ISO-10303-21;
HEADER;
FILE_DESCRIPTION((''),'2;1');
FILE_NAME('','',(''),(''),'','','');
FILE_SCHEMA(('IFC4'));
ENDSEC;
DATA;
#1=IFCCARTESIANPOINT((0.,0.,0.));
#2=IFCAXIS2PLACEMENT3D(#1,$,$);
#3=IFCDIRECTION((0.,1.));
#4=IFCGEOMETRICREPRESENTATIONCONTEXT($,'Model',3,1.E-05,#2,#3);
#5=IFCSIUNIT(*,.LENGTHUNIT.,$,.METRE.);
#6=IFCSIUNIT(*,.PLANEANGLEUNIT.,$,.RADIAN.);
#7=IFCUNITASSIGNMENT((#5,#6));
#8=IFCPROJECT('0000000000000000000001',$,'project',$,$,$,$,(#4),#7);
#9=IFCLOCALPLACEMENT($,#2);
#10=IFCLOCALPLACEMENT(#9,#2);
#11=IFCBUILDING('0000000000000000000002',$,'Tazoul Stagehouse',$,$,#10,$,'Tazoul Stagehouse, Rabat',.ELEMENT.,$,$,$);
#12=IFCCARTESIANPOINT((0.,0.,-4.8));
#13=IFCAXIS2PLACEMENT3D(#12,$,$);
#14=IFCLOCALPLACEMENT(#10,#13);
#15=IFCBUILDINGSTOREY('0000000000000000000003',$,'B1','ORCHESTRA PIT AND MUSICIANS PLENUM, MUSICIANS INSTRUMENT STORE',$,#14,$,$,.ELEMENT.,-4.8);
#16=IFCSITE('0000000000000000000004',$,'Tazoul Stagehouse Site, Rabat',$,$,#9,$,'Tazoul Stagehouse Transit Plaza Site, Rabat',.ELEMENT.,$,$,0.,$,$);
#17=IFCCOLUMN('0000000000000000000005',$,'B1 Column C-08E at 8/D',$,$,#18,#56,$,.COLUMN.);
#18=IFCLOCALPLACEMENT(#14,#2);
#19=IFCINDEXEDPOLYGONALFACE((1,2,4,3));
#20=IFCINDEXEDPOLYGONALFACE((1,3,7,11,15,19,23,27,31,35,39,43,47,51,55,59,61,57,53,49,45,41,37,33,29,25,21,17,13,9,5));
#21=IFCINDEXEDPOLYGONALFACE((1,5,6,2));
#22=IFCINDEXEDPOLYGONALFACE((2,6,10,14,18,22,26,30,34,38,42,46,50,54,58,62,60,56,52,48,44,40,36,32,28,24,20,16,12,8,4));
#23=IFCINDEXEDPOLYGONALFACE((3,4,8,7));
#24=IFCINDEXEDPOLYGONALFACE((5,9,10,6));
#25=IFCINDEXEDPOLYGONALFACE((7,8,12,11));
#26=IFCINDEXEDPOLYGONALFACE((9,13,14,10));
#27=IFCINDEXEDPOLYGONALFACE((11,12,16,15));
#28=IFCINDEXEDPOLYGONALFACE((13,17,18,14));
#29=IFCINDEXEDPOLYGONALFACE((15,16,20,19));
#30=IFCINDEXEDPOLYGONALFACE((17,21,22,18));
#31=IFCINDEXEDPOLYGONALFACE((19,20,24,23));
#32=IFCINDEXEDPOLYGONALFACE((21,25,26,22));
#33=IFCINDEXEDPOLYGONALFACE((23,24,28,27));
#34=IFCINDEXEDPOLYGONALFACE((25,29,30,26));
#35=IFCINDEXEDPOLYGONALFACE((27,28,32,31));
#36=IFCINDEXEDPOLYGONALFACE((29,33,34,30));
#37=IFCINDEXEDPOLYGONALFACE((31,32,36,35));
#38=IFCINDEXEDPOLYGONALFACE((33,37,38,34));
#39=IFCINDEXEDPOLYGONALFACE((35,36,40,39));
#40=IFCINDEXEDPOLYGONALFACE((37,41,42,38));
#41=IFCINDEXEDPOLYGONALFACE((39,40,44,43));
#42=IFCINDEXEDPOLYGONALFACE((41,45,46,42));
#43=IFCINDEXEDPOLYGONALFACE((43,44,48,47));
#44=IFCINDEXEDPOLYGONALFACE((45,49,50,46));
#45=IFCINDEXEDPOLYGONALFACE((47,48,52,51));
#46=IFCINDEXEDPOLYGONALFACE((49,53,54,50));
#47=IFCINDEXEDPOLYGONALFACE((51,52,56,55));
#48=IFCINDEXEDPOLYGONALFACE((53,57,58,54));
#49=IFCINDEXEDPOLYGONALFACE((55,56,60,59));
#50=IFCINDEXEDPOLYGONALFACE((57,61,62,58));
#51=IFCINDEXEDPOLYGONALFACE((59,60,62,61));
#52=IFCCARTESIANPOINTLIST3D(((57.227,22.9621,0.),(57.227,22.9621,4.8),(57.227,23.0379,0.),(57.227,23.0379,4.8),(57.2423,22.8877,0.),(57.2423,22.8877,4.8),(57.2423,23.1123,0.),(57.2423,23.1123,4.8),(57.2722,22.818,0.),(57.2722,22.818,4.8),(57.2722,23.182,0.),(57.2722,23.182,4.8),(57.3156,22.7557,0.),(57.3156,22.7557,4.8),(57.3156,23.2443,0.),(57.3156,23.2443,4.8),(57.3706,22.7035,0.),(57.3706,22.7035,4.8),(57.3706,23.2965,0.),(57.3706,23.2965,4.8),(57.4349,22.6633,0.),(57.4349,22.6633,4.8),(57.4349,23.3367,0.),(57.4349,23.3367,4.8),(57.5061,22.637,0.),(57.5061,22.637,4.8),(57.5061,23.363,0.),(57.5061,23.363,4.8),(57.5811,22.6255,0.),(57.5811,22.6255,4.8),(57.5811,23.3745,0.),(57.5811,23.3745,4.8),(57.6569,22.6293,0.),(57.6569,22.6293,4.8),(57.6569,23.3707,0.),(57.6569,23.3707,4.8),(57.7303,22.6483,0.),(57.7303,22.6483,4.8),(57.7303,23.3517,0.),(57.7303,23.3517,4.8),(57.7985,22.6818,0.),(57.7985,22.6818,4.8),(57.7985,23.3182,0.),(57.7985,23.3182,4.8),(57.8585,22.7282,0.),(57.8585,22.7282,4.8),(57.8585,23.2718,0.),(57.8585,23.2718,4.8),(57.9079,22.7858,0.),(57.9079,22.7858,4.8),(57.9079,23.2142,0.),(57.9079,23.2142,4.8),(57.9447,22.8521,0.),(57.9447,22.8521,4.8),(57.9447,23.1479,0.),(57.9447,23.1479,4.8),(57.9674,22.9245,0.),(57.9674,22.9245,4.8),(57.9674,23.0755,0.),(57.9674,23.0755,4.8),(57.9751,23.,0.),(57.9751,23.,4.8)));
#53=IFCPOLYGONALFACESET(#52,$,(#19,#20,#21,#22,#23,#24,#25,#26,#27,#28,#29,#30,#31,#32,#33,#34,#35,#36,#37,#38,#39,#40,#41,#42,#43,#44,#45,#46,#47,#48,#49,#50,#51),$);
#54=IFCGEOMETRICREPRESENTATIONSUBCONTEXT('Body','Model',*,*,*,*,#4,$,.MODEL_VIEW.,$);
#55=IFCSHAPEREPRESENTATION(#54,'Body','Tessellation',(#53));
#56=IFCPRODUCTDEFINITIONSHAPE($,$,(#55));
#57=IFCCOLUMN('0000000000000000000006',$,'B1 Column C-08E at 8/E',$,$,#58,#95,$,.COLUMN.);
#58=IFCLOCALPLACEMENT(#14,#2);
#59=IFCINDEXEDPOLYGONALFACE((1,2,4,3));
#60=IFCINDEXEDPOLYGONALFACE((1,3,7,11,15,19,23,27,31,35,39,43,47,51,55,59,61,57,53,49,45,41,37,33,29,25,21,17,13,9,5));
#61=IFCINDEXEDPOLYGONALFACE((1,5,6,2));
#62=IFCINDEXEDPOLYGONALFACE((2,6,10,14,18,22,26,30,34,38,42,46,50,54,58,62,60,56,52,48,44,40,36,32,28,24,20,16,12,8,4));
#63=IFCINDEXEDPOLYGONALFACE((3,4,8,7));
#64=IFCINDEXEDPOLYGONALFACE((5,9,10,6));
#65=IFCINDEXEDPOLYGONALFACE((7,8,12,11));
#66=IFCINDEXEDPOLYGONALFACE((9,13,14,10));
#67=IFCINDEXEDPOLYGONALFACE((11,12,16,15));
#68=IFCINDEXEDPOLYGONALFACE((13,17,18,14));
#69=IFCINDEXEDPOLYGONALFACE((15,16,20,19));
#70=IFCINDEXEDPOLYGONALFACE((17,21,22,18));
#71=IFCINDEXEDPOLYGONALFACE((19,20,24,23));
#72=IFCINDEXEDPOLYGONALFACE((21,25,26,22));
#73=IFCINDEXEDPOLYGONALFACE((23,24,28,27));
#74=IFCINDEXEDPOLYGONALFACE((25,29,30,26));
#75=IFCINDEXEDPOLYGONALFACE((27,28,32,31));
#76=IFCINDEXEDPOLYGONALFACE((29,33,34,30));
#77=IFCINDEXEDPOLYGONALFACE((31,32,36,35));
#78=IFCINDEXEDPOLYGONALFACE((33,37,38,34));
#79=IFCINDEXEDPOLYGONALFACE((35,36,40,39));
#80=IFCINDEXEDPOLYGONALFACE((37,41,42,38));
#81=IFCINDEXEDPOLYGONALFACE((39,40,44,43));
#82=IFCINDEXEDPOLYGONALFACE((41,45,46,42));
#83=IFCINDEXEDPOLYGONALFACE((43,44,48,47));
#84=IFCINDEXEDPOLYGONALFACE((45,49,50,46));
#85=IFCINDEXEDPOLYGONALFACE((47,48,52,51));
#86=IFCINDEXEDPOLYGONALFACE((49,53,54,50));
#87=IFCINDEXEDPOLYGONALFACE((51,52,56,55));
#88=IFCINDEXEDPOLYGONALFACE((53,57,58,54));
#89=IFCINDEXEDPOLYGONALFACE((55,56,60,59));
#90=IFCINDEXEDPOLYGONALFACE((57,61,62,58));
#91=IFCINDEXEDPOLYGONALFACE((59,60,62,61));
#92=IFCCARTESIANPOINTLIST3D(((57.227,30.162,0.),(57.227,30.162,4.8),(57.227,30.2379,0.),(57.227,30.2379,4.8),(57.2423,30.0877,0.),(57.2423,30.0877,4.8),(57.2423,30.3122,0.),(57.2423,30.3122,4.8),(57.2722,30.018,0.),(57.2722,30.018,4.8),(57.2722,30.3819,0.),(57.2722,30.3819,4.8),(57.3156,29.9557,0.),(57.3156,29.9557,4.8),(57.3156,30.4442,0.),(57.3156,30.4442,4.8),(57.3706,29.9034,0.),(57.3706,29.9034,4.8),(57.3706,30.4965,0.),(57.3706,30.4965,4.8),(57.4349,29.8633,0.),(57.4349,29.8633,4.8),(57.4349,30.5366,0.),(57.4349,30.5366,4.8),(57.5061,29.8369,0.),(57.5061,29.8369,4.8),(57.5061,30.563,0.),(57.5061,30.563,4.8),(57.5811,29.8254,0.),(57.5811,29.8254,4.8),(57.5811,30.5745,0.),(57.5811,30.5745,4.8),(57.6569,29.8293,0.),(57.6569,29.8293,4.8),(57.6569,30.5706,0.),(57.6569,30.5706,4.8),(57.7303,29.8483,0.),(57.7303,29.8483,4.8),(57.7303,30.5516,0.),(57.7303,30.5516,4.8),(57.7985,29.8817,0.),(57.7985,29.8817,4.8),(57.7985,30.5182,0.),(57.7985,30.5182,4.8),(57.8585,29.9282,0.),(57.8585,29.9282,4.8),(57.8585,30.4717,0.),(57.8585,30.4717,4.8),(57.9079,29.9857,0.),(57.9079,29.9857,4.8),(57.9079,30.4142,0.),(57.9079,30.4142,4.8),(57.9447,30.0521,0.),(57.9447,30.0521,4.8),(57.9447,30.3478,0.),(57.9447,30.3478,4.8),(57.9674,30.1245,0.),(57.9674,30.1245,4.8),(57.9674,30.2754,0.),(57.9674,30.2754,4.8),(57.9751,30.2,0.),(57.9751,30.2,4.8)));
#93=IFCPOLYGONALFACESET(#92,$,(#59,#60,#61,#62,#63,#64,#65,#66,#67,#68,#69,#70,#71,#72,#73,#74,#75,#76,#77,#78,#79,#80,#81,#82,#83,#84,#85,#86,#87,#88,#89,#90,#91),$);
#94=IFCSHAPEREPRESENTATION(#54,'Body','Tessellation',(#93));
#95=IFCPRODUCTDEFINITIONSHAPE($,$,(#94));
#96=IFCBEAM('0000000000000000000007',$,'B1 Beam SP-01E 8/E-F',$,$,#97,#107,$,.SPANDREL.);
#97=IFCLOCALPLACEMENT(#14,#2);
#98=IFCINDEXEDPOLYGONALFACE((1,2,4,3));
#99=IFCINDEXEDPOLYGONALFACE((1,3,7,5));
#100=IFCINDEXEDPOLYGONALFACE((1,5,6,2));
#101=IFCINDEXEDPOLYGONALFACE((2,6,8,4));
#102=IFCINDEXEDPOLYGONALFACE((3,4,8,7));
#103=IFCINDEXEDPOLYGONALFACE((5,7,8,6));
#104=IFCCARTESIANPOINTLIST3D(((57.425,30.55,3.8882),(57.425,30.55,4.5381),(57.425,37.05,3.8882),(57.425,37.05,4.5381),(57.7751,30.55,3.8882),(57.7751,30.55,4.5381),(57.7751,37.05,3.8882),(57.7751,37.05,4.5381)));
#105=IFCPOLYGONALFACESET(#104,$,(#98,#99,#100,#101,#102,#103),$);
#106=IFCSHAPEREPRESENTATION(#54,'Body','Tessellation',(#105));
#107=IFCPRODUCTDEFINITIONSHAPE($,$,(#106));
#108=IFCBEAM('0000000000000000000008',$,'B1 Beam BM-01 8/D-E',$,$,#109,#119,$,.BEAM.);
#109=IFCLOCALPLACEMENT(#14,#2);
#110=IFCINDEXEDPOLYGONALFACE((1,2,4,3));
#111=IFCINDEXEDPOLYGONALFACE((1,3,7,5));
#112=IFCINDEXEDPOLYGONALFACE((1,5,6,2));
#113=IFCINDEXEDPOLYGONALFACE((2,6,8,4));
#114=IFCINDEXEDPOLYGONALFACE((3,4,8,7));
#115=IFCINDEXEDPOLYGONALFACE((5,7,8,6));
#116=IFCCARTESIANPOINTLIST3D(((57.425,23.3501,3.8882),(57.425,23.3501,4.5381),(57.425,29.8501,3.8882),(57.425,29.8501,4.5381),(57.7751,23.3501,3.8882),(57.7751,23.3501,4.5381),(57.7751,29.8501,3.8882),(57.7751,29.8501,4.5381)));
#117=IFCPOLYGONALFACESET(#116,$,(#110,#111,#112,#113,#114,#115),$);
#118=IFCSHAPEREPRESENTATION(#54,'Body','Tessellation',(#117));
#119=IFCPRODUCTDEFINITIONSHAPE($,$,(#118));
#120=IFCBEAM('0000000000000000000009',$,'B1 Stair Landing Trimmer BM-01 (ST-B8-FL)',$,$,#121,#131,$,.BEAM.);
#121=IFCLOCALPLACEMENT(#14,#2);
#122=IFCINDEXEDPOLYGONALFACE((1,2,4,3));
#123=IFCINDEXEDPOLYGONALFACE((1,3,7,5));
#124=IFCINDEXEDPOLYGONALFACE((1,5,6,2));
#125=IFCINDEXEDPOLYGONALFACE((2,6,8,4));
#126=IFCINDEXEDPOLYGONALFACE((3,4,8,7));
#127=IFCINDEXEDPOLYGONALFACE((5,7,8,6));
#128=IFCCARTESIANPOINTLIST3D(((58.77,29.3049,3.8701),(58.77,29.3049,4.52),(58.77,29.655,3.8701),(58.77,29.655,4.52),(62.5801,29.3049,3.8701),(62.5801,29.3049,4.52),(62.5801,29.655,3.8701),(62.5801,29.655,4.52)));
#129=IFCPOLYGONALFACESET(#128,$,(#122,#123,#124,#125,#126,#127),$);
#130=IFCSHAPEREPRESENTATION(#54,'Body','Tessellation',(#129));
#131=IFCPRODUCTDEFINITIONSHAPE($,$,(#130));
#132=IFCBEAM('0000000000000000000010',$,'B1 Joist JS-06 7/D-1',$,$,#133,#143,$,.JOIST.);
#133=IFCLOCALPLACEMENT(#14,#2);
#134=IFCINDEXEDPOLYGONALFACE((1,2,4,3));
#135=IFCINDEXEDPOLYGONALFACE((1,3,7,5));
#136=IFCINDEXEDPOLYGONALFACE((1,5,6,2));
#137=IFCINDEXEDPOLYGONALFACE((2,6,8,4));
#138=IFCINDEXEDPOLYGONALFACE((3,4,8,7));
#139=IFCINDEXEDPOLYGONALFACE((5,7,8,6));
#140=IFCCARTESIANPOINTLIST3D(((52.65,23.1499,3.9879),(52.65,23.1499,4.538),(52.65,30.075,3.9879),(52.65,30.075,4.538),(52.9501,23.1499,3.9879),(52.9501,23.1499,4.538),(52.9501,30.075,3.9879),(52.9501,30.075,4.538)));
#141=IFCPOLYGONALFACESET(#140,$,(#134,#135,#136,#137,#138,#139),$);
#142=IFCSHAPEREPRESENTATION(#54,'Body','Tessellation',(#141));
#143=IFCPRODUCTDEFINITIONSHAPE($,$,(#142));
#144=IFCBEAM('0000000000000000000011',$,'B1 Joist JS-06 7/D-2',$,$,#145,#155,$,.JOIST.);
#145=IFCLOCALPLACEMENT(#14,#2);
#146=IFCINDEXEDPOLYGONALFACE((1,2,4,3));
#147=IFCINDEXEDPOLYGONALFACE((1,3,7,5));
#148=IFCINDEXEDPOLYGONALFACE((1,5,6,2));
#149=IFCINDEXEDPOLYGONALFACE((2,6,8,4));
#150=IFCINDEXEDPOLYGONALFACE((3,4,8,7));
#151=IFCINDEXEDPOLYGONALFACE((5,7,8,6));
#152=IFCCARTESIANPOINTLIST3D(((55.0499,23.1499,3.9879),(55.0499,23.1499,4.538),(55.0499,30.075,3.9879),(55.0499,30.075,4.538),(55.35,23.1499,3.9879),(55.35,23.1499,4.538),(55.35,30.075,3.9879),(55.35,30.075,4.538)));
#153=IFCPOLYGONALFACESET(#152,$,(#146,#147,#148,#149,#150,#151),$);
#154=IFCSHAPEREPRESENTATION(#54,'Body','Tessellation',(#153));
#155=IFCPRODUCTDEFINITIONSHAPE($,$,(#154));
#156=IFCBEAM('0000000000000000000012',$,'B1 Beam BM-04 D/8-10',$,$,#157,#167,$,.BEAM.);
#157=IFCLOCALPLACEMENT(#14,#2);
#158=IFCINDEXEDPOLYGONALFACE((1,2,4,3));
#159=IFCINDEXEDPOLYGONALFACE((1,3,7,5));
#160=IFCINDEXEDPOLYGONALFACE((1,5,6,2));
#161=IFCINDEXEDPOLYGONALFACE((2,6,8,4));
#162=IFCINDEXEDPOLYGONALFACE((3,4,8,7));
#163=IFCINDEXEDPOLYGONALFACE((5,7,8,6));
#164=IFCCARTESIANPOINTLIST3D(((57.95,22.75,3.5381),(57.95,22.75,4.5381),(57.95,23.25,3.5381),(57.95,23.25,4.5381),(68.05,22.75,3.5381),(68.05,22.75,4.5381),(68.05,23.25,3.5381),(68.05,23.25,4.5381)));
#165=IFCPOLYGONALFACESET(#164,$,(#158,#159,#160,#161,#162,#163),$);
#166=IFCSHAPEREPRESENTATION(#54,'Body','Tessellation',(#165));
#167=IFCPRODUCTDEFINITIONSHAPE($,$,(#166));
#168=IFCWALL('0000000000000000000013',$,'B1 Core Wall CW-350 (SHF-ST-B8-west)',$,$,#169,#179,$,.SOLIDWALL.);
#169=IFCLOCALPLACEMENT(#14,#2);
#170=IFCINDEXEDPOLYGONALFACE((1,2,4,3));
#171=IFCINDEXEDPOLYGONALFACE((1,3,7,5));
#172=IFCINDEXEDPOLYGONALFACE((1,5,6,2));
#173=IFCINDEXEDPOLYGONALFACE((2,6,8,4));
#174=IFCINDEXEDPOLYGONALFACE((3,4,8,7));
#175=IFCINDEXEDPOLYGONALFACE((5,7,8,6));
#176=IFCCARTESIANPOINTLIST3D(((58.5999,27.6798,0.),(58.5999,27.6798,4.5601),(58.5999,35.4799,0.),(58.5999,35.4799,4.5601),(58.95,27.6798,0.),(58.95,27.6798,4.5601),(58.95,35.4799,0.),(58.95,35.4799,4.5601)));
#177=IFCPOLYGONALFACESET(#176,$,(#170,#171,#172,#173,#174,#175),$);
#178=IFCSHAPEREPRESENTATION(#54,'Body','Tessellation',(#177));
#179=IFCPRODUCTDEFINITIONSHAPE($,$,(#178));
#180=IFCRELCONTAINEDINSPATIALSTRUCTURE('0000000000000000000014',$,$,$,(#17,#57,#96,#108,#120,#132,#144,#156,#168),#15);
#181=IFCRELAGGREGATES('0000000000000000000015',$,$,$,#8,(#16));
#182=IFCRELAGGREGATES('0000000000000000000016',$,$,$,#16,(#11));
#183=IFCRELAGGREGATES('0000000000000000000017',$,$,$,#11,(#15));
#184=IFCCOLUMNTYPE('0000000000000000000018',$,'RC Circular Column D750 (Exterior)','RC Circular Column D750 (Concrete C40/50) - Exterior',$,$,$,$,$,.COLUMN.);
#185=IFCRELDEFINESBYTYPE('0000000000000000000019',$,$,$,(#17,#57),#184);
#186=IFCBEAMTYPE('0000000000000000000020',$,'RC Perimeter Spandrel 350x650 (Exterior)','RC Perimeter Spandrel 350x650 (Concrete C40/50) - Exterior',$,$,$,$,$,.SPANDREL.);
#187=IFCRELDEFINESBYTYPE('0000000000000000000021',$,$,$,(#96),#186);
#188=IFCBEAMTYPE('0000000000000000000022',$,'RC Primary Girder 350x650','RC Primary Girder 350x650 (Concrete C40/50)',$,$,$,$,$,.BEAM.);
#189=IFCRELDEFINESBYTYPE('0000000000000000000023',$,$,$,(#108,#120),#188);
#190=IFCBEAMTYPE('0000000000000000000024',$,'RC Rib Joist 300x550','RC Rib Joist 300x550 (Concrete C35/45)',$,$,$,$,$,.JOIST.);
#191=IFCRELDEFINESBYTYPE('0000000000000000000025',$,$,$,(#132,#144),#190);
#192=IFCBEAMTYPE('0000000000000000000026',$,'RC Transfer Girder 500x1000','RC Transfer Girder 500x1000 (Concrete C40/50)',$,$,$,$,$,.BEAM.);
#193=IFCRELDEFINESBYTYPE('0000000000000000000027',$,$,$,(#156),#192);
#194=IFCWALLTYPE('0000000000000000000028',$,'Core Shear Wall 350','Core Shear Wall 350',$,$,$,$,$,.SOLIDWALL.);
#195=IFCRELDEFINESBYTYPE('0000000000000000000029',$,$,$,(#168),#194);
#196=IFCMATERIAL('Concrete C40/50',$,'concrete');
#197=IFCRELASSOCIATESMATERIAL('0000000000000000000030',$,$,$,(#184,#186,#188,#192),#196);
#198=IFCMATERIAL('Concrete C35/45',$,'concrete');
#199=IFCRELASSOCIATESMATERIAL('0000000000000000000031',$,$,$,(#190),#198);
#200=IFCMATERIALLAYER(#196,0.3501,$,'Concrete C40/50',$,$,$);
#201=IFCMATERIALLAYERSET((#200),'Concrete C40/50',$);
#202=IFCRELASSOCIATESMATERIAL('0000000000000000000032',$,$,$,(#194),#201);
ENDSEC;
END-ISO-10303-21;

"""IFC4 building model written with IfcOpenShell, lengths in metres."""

from ifc_helpers import new_model, si_unit, direction, frame, frame_2d, origin, origin_2d, place, context, subcontext, project, spatial, rectangle, circle, extrude, material, layer, layer_set, material_profile, profile_set, type_object, element, save


model = new_model("IFC4")

# Units and contexts
model_context = context("Model", 3, precision=1e-05, world=origin(), true_north=direction((0.0, 1.0)))
body_context = subcontext(model_context, "Body", "Model", "MODEL_VIEW")
ifc_project = project(units=[si_unit("LENGTHUNIT", "METRE"), si_unit("PLANEANGLEUNIT", "RADIAN")], contexts=[model_context])

# Site, building, storey
site_placement = place(None, origin())
site = spatial("IfcSite", under=ifc_project, at=site_placement, Name="Tazoul Stagehouse Site, Rabat", LongName="Tazoul Stagehouse Transit Plaza Site, Rabat", CompositionType="ELEMENT", RefElevation=0.0)
building_placement = place(site_placement, origin())
building = spatial("IfcBuilding", under=site, at=building_placement, Name="Tazoul Stagehouse", LongName="Tazoul Stagehouse, Rabat", CompositionType="ELEMENT")
storey_placement = place(building_placement, frame((0.0, 0.0, -4.8)))
storey = spatial("IfcBuildingStorey", under=building, at=storey_placement, Name="B1", Description="ORCHESTRA PIT AND MUSICIANS PLENUM, MUSICIANS INSTRUMENT STORE", CompositionType="ELEMENT", Elevation=-4.8)

# Shared definitions
ifc_material_1 = material(Name="Concrete C35/45", Category="concrete")

# Columns
ifc_material_2 = material(Name="Concrete C40/50", Category="concrete")
ifc_material_profile_1 = material_profile(ifc_material_2, circle(Radius=0.375, at=origin_2d()), Name="RC D750")
ifc_profile_set_1 = profile_set([ifc_material_profile_1], Name="Concrete C40/50")
column_type = type_object("IfcColumnType", Name="RC Circular Column D750 (Exterior)", Description="RC Circular Column D750 (Concrete C40/50) - Exterior", PredefinedType="COLUMN", material=ifc_profile_set_1)
for number, where, z_axis, x_axis, name in (
    (1, (57.6001, 23.0, 0.0), (0.0, 0.0, 1.0), (1.0, 0.0, 0.0), "B1 Column C-08E at 8/D"),
    (2, (57.6001, 30.2, 0.0), (0.0, 0.0, 1.0), (1.0, 0.0, 0.0), "B1 Column C-08E at 8/E"),
):
    element("IfcColumn", number, at=place(storey_placement, frame(where, z_axis=z_axis, x_axis=x_axis)), inside=storey, type_object=column_type, Name=name, PredefinedType="COLUMN", context=body_context, shape_type="SweptSolid", body=[
        extrude(circle(Radius=0.375, at=origin_2d()), origin(), (0.0, 0.0, 1.0), 4.8),
    ])

# Beams
ifc_material_profile_2 = material_profile(ifc_material_2, rectangle(XDim=0.3501, YDim=0.6499, at=origin_2d()), Name="RC 350x650")
ifc_profile_set_2 = profile_set([ifc_material_profile_2], Name="Concrete C40/50")
beam_type_1 = type_object("IfcBeamType", Name="RC Perimeter Spandrel 350x650 (Exterior)", Description="RC Perimeter Spandrel 350x650 (Concrete C40/50) - Exterior", PredefinedType="SPANDREL", material=ifc_profile_set_2)
beam_1_placement = place(storey_placement, frame((57.6001, 30.55, 4.2131), z_axis=(0.0, 1.0, 0.0), x_axis=(-1.0, 0.0, 0.0)))
element("IfcBeam", 3, at=beam_1_placement, inside=storey, type_object=beam_type_1, Name="B1 Beam SP-01E 8/E-F", PredefinedType="SPANDREL", context=body_context, shape_type="SweptSolid", body=[
    extrude(rectangle(XDim=0.3501, YDim=0.6499, at=origin_2d()), origin(), (0.0, 0.0, 1.0), 6.5),
])
ifc_material_profile_3 = material_profile(ifc_material_2, rectangle(XDim=0.3501, YDim=0.6499, at=origin_2d()), Name="RC 350x650")
ifc_profile_set_3 = profile_set([ifc_material_profile_3], Name="Concrete C40/50")
beam_type_2 = type_object("IfcBeamType", Name="RC Primary Girder 350x650", Description="RC Primary Girder 350x650 (Concrete C40/50)", PredefinedType="BEAM", material=ifc_profile_set_3)
beam_2_placement = place(storey_placement, frame((57.6001, 23.3501, 4.2131), z_axis=(0.0, 1.0, 0.0), x_axis=(-1.0, 0.0, 0.0)))
element("IfcBeam", 4, at=beam_2_placement, inside=storey, type_object=beam_type_2, Name="B1 Beam BM-01 8/D-E", PredefinedType="BEAM", context=body_context, shape_type="SweptSolid", body=[
    extrude(rectangle(XDim=0.3501, YDim=0.6499, at=origin_2d()), origin(), (0.0, 0.0, 1.0), 6.5),
])
beam_3_placement = place(storey_placement, frame((58.77, 29.48, 4.1951), z_axis=(1.0, 0.0, 0.0), x_axis=(0.0, 1.0, 0.0)))
element("IfcBeam", 5, at=beam_3_placement, inside=storey, type_object=beam_type_2, Name="B1 Stair Landing Trimmer BM-01 (ST-B8-FL)", PredefinedType="BEAM", context=body_context, shape_type="SweptSolid", body=[
    extrude(rectangle(XDim=0.3501, YDim=0.6499, at=origin_2d()), origin(), (0.0, 0.0, 1.0), 3.8101),
])
ifc_material_profile_4 = material_profile(ifc_material_1, rectangle(XDim=0.3, YDim=0.55, at=origin_2d()), Name="RC 300x550")
ifc_profile_set_4 = profile_set([ifc_material_profile_4], Name="Concrete C35/45")
beam_type_3 = type_object("IfcBeamType", Name="RC Rib Joist 300x550", Description="RC Rib Joist 300x550 (Concrete C35/45)", PredefinedType="JOIST", material=ifc_profile_set_4)
for number, where, z_axis, x_axis, name in (
    (6, (52.8, 23.1499, 4.2629), (0.0, 1.0, 0.0), (-1.0, 0.0, 0.0), "B1 Joist JS-06 7/D-1"),
    (7, (55.2, 23.1499, 4.2629), (0.0, 1.0, 0.0), (-1.0, 0.0, 0.0), "B1 Joist JS-06 7/D-2"),
):
    element("IfcBeam", number, at=place(storey_placement, frame(where, z_axis=z_axis, x_axis=x_axis)), inside=storey, type_object=beam_type_3, Name=name, PredefinedType="JOIST", context=body_context, shape_type="SweptSolid", body=[
        extrude(rectangle(XDim=0.3, YDim=0.55, at=origin_2d()), origin(), (0.0, 0.0, 1.0), 6.925),
    ])
ifc_material_profile_5 = material_profile(ifc_material_2, rectangle(XDim=0.5, YDim=1.0, at=origin_2d()), Name="RC 500x1000")
ifc_profile_set_5 = profile_set([ifc_material_profile_5], Name="Concrete C40/50")
beam_type_4 = type_object("IfcBeamType", Name="RC Transfer Girder 500x1000", Description="RC Transfer Girder 500x1000 (Concrete C40/50)", PredefinedType="BEAM", material=ifc_profile_set_5)
beam_4_placement = place(storey_placement, frame((57.95, 23.0, 4.0381), z_axis=(1.0, 0.0, 0.0), x_axis=(0.0, 1.0, 0.0)))
element("IfcBeam", 8, at=beam_4_placement, inside=storey, type_object=beam_type_4, Name="B1 Beam BM-04 D/8-10", PredefinedType="BEAM", context=body_context, shape_type="SweptSolid", body=[
    extrude(rectangle(XDim=0.5, YDim=1.0, at=origin_2d()), origin(), (0.0, 0.0, 1.0), 10.1001),
])

# Shared definitions
ifc_layer = layer(ifc_material_2, 0.3501, Name="Concrete C40/50")
ifc_layer_set = layer_set([ifc_layer], Name="Concrete C40/50")
wall_type = type_object("IfcWallType", Name="Core Shear Wall 350", Description="Core Shear Wall 350", PredefinedType="SOLIDWALL", material=ifc_layer_set)

# Wall
wall_1_placement = place(storey_placement, frame((58.7749, 27.6799, 0.0), z_axis=(0.0, 0.0, 1.0), x_axis=(0.0, 1.0, 0.0)))
element("IfcWall", 9, at=wall_1_placement, inside=storey, type_object=wall_type, Name="B1 Core Wall CW-350 (SHF-ST-B8-west)", PredefinedType="SOLIDWALL", context=body_context, shape_type="SweptSolid", body=[
    extrude(rectangle(XDim=7.8, YDim=0.3501, at=frame_2d((3.8999, 0.0))), origin(), (0.0, 0.0, 1.0), 4.5601),
])

save(model, "model.ifc")
